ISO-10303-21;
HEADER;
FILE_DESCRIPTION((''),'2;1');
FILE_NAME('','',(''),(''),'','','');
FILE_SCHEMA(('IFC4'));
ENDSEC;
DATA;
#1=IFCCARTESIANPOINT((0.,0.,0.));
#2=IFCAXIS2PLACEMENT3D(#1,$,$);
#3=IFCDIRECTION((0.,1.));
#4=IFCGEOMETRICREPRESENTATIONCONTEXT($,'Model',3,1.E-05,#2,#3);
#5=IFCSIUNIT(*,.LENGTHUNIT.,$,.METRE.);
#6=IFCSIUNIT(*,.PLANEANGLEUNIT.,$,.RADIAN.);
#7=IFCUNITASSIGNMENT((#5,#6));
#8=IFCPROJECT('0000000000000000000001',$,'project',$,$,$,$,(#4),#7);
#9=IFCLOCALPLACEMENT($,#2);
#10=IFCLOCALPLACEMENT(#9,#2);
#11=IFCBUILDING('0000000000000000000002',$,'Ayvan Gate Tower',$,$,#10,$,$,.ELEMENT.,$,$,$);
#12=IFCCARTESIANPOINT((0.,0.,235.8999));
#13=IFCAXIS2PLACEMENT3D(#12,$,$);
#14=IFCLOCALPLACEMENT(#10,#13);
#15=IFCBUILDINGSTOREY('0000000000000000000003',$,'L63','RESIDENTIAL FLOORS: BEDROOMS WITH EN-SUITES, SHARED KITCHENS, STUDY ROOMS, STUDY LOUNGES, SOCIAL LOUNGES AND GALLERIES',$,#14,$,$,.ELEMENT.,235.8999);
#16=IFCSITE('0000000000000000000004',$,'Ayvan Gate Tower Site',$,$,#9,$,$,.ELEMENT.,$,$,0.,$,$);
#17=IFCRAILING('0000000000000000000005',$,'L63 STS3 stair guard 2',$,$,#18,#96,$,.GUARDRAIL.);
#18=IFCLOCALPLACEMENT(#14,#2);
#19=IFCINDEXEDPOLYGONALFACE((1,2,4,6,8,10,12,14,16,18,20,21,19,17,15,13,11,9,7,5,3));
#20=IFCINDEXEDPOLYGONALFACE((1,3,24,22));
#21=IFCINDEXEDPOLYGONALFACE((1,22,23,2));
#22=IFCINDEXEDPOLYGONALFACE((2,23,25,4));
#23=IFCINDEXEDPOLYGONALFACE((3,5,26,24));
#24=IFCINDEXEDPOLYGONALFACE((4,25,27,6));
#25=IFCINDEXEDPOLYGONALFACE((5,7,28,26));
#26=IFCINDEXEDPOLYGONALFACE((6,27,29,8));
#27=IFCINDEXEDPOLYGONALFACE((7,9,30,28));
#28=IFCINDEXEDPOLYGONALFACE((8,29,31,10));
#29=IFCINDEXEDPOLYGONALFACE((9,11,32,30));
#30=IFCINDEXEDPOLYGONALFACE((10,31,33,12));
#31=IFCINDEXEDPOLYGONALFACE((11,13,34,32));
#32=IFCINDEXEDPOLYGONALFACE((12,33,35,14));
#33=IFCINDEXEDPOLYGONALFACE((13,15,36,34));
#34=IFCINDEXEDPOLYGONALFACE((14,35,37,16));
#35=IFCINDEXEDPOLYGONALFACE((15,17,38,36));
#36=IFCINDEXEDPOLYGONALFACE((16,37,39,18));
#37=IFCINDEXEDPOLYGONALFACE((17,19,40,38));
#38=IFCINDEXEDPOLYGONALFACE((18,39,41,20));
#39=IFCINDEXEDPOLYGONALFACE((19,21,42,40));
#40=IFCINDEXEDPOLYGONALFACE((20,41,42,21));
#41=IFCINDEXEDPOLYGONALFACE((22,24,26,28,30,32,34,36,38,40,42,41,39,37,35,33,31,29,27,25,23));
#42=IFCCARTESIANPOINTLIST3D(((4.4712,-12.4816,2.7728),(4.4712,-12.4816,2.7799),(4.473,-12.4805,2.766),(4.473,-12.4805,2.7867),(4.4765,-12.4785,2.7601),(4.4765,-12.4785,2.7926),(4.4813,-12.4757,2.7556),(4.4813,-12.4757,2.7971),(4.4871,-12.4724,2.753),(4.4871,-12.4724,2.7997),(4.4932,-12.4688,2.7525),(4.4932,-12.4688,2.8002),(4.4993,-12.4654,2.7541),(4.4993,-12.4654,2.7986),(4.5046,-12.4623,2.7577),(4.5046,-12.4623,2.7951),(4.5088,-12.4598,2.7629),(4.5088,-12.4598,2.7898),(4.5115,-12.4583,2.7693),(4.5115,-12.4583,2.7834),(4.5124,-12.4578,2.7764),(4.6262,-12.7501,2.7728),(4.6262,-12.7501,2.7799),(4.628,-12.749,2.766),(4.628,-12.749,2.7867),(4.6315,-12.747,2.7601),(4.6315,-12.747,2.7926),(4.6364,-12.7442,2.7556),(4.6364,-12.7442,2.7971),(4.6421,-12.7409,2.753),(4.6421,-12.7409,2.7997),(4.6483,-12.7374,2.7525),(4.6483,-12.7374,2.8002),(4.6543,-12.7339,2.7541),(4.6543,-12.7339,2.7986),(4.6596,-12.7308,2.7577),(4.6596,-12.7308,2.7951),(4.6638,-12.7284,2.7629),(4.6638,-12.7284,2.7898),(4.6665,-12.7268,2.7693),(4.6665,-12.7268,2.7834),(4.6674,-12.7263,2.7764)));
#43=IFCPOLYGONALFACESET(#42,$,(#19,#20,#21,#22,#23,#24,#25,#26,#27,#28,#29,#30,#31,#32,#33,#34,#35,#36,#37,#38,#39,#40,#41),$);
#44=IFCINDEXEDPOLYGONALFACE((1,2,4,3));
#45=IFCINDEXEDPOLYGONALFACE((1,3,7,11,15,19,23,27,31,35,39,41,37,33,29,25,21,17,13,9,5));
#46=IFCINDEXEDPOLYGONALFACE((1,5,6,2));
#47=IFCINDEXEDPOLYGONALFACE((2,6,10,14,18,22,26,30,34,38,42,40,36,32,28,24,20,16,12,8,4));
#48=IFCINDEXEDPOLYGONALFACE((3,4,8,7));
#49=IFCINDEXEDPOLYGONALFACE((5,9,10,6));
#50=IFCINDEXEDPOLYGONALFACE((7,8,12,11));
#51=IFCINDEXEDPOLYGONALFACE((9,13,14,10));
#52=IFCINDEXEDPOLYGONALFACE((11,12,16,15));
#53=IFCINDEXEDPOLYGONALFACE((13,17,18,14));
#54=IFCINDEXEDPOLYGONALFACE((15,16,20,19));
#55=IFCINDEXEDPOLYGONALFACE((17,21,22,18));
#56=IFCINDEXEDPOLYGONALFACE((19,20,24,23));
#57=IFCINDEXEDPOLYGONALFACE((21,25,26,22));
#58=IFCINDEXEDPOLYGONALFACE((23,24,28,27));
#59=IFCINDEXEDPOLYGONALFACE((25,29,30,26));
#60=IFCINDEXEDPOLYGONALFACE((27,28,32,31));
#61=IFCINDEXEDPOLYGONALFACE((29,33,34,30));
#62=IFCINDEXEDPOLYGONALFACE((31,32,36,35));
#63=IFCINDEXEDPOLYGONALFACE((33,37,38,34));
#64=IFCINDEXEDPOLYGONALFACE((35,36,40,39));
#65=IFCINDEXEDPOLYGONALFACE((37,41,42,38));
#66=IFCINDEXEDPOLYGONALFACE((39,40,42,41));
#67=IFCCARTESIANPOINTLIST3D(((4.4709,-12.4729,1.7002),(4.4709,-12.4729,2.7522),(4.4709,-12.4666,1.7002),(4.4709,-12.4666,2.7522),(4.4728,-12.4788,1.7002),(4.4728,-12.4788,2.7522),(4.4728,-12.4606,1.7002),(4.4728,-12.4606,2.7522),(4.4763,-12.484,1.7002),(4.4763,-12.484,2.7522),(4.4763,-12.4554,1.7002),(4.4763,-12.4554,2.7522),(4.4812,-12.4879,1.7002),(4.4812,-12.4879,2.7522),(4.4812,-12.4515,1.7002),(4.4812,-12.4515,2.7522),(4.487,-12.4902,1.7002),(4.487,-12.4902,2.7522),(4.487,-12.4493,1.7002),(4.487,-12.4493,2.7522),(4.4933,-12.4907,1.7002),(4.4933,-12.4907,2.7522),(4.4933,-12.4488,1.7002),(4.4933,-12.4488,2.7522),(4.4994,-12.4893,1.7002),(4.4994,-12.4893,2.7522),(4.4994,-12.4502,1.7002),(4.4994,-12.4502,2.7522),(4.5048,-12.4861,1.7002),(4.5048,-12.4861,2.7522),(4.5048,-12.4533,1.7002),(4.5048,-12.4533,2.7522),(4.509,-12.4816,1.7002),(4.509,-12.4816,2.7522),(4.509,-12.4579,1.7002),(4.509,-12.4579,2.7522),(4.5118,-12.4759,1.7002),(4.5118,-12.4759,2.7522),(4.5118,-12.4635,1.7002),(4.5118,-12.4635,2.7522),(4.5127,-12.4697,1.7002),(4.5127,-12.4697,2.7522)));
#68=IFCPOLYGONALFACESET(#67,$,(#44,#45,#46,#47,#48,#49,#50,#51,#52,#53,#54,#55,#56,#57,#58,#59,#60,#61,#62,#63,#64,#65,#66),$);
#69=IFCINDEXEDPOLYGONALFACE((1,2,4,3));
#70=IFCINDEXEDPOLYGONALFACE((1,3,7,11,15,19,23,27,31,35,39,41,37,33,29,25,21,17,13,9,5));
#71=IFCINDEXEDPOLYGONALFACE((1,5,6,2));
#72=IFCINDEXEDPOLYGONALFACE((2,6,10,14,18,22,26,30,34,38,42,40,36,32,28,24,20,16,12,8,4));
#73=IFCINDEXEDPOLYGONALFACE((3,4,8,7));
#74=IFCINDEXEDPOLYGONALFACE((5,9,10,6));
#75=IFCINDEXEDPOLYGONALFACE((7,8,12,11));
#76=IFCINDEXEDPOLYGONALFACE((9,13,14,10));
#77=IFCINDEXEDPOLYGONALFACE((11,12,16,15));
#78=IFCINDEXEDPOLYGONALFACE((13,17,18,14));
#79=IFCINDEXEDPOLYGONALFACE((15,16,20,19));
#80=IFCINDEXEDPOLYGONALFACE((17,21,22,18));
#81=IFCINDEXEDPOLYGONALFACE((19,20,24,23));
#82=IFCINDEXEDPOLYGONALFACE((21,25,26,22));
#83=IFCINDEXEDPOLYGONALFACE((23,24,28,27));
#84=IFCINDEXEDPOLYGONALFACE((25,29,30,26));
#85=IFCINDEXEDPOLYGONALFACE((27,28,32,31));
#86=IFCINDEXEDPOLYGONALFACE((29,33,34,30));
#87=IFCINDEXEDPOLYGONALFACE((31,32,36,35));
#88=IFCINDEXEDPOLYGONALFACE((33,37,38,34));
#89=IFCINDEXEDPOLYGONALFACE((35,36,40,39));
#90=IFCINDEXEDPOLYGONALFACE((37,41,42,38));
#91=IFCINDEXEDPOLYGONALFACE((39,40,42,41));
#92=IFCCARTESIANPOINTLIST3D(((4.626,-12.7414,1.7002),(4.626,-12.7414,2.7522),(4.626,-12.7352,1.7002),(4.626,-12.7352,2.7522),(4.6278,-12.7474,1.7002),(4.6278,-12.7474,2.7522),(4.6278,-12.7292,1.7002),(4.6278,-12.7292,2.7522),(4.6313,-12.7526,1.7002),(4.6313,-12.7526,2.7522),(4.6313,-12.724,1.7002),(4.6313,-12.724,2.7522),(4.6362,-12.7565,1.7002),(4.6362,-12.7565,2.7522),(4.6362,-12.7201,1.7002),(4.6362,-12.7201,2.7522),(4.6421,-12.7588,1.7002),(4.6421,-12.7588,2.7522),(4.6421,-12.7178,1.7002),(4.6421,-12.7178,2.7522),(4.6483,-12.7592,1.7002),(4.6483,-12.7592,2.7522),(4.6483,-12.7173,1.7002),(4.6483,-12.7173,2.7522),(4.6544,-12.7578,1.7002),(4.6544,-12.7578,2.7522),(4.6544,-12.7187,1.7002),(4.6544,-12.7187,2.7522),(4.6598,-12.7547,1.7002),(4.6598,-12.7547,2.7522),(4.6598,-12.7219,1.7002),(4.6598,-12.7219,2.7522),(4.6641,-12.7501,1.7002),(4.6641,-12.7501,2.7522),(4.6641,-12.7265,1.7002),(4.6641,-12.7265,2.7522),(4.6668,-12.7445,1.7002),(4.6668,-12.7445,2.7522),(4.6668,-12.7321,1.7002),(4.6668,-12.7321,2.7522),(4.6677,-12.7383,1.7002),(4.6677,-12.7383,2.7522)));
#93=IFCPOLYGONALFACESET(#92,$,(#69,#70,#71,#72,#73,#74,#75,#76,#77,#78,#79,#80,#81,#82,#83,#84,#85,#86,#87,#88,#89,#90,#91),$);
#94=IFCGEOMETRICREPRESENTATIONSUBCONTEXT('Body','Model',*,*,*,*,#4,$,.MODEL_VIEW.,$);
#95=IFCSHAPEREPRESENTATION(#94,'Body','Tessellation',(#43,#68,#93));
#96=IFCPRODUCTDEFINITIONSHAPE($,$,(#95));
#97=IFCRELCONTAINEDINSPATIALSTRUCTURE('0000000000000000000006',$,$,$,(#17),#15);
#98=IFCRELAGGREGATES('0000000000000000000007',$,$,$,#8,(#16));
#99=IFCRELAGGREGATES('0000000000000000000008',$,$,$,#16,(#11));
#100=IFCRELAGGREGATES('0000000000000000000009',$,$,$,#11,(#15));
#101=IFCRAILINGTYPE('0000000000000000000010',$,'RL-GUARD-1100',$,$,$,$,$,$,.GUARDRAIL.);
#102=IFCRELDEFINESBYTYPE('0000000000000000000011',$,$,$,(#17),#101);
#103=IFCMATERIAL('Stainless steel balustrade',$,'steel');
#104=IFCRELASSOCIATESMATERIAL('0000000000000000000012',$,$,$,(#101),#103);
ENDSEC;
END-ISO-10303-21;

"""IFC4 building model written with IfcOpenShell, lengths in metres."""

from ifc_helpers import new_model, si_unit, direction, frame, origin, origin_2d, place, context, subcontext, project, spatial, circle, extrude, material, type_object, element, save


model = new_model("IFC4")

# Units and contexts
model_context = context("Model", 3, precision=1e-05, world=origin(), true_north=direction((0.0, 1.0)))
body_context = subcontext(model_context, "Body", "Model", "MODEL_VIEW")
ifc_project = project(units=[si_unit("LENGTHUNIT", "METRE"), si_unit("PLANEANGLEUNIT", "RADIAN")], contexts=[model_context])

# Site, building, storey
site_placement = place(None, origin())
site = spatial("IfcSite", under=ifc_project, at=site_placement, Name="Ayvan Gate Tower Site", CompositionType="ELEMENT", RefElevation=0.0)
building_placement = place(site_placement, origin())
building = spatial("IfcBuilding", under=site, at=building_placement, Name="Ayvan Gate Tower", CompositionType="ELEMENT")
storey_placement = place(building_placement, frame((0.0, 0.0, 235.8999)))
storey = spatial("IfcBuildingStorey", under=building, at=storey_placement, Name="L63", Description="RESIDENTIAL FLOORS: BEDROOMS WITH EN-SUITES, SHARED KITCHENS, STUDY ROOMS, STUDY LOUNGES, SOCIAL LOUNGES AND GALLERIES", CompositionType="ELEMENT", Elevation=235.8999)

# Railing
ifc_material_1 = material(Name="Stainless steel balustrade", Category="steel")
railing_type_1 = type_object("IfcRailingType", Name="RL-GUARD-1100", PredefinedType="GUARDRAIL", material=ifc_material_1)
railing_1_placement = place(storey_placement, frame((4.4917, -12.4697, 1.7002)))
element("IfcRailing", 1, at=railing_1_placement, inside=storey, type_object=railing_type_1, Name="L63 STS3 stair guard 2", PredefinedType="GUARDRAIL", context=body_context, shape_type="SweptSolid", body=[
    extrude(circle(Radius=0.0239, at=origin_2d()), frame((0.0, 0.0, 1.0762), z_axis=(0.49995, -0.866054, 0.0), x_axis=(0.866054, 0.49995, 0.0)), (0.0, 0.0, 1.0), 0.3101),
    extrude(circle(Radius=0.021, at=origin_2d()), origin(), (0.0, 0.0, 1.0), 1.052),
    extrude(circle(Radius=0.021, at=origin_2d()), frame((0.155, -0.2686, 0.0)), (0.0, 0.0, 1.0), 1.052),
])

save(model, "model.ifc")
